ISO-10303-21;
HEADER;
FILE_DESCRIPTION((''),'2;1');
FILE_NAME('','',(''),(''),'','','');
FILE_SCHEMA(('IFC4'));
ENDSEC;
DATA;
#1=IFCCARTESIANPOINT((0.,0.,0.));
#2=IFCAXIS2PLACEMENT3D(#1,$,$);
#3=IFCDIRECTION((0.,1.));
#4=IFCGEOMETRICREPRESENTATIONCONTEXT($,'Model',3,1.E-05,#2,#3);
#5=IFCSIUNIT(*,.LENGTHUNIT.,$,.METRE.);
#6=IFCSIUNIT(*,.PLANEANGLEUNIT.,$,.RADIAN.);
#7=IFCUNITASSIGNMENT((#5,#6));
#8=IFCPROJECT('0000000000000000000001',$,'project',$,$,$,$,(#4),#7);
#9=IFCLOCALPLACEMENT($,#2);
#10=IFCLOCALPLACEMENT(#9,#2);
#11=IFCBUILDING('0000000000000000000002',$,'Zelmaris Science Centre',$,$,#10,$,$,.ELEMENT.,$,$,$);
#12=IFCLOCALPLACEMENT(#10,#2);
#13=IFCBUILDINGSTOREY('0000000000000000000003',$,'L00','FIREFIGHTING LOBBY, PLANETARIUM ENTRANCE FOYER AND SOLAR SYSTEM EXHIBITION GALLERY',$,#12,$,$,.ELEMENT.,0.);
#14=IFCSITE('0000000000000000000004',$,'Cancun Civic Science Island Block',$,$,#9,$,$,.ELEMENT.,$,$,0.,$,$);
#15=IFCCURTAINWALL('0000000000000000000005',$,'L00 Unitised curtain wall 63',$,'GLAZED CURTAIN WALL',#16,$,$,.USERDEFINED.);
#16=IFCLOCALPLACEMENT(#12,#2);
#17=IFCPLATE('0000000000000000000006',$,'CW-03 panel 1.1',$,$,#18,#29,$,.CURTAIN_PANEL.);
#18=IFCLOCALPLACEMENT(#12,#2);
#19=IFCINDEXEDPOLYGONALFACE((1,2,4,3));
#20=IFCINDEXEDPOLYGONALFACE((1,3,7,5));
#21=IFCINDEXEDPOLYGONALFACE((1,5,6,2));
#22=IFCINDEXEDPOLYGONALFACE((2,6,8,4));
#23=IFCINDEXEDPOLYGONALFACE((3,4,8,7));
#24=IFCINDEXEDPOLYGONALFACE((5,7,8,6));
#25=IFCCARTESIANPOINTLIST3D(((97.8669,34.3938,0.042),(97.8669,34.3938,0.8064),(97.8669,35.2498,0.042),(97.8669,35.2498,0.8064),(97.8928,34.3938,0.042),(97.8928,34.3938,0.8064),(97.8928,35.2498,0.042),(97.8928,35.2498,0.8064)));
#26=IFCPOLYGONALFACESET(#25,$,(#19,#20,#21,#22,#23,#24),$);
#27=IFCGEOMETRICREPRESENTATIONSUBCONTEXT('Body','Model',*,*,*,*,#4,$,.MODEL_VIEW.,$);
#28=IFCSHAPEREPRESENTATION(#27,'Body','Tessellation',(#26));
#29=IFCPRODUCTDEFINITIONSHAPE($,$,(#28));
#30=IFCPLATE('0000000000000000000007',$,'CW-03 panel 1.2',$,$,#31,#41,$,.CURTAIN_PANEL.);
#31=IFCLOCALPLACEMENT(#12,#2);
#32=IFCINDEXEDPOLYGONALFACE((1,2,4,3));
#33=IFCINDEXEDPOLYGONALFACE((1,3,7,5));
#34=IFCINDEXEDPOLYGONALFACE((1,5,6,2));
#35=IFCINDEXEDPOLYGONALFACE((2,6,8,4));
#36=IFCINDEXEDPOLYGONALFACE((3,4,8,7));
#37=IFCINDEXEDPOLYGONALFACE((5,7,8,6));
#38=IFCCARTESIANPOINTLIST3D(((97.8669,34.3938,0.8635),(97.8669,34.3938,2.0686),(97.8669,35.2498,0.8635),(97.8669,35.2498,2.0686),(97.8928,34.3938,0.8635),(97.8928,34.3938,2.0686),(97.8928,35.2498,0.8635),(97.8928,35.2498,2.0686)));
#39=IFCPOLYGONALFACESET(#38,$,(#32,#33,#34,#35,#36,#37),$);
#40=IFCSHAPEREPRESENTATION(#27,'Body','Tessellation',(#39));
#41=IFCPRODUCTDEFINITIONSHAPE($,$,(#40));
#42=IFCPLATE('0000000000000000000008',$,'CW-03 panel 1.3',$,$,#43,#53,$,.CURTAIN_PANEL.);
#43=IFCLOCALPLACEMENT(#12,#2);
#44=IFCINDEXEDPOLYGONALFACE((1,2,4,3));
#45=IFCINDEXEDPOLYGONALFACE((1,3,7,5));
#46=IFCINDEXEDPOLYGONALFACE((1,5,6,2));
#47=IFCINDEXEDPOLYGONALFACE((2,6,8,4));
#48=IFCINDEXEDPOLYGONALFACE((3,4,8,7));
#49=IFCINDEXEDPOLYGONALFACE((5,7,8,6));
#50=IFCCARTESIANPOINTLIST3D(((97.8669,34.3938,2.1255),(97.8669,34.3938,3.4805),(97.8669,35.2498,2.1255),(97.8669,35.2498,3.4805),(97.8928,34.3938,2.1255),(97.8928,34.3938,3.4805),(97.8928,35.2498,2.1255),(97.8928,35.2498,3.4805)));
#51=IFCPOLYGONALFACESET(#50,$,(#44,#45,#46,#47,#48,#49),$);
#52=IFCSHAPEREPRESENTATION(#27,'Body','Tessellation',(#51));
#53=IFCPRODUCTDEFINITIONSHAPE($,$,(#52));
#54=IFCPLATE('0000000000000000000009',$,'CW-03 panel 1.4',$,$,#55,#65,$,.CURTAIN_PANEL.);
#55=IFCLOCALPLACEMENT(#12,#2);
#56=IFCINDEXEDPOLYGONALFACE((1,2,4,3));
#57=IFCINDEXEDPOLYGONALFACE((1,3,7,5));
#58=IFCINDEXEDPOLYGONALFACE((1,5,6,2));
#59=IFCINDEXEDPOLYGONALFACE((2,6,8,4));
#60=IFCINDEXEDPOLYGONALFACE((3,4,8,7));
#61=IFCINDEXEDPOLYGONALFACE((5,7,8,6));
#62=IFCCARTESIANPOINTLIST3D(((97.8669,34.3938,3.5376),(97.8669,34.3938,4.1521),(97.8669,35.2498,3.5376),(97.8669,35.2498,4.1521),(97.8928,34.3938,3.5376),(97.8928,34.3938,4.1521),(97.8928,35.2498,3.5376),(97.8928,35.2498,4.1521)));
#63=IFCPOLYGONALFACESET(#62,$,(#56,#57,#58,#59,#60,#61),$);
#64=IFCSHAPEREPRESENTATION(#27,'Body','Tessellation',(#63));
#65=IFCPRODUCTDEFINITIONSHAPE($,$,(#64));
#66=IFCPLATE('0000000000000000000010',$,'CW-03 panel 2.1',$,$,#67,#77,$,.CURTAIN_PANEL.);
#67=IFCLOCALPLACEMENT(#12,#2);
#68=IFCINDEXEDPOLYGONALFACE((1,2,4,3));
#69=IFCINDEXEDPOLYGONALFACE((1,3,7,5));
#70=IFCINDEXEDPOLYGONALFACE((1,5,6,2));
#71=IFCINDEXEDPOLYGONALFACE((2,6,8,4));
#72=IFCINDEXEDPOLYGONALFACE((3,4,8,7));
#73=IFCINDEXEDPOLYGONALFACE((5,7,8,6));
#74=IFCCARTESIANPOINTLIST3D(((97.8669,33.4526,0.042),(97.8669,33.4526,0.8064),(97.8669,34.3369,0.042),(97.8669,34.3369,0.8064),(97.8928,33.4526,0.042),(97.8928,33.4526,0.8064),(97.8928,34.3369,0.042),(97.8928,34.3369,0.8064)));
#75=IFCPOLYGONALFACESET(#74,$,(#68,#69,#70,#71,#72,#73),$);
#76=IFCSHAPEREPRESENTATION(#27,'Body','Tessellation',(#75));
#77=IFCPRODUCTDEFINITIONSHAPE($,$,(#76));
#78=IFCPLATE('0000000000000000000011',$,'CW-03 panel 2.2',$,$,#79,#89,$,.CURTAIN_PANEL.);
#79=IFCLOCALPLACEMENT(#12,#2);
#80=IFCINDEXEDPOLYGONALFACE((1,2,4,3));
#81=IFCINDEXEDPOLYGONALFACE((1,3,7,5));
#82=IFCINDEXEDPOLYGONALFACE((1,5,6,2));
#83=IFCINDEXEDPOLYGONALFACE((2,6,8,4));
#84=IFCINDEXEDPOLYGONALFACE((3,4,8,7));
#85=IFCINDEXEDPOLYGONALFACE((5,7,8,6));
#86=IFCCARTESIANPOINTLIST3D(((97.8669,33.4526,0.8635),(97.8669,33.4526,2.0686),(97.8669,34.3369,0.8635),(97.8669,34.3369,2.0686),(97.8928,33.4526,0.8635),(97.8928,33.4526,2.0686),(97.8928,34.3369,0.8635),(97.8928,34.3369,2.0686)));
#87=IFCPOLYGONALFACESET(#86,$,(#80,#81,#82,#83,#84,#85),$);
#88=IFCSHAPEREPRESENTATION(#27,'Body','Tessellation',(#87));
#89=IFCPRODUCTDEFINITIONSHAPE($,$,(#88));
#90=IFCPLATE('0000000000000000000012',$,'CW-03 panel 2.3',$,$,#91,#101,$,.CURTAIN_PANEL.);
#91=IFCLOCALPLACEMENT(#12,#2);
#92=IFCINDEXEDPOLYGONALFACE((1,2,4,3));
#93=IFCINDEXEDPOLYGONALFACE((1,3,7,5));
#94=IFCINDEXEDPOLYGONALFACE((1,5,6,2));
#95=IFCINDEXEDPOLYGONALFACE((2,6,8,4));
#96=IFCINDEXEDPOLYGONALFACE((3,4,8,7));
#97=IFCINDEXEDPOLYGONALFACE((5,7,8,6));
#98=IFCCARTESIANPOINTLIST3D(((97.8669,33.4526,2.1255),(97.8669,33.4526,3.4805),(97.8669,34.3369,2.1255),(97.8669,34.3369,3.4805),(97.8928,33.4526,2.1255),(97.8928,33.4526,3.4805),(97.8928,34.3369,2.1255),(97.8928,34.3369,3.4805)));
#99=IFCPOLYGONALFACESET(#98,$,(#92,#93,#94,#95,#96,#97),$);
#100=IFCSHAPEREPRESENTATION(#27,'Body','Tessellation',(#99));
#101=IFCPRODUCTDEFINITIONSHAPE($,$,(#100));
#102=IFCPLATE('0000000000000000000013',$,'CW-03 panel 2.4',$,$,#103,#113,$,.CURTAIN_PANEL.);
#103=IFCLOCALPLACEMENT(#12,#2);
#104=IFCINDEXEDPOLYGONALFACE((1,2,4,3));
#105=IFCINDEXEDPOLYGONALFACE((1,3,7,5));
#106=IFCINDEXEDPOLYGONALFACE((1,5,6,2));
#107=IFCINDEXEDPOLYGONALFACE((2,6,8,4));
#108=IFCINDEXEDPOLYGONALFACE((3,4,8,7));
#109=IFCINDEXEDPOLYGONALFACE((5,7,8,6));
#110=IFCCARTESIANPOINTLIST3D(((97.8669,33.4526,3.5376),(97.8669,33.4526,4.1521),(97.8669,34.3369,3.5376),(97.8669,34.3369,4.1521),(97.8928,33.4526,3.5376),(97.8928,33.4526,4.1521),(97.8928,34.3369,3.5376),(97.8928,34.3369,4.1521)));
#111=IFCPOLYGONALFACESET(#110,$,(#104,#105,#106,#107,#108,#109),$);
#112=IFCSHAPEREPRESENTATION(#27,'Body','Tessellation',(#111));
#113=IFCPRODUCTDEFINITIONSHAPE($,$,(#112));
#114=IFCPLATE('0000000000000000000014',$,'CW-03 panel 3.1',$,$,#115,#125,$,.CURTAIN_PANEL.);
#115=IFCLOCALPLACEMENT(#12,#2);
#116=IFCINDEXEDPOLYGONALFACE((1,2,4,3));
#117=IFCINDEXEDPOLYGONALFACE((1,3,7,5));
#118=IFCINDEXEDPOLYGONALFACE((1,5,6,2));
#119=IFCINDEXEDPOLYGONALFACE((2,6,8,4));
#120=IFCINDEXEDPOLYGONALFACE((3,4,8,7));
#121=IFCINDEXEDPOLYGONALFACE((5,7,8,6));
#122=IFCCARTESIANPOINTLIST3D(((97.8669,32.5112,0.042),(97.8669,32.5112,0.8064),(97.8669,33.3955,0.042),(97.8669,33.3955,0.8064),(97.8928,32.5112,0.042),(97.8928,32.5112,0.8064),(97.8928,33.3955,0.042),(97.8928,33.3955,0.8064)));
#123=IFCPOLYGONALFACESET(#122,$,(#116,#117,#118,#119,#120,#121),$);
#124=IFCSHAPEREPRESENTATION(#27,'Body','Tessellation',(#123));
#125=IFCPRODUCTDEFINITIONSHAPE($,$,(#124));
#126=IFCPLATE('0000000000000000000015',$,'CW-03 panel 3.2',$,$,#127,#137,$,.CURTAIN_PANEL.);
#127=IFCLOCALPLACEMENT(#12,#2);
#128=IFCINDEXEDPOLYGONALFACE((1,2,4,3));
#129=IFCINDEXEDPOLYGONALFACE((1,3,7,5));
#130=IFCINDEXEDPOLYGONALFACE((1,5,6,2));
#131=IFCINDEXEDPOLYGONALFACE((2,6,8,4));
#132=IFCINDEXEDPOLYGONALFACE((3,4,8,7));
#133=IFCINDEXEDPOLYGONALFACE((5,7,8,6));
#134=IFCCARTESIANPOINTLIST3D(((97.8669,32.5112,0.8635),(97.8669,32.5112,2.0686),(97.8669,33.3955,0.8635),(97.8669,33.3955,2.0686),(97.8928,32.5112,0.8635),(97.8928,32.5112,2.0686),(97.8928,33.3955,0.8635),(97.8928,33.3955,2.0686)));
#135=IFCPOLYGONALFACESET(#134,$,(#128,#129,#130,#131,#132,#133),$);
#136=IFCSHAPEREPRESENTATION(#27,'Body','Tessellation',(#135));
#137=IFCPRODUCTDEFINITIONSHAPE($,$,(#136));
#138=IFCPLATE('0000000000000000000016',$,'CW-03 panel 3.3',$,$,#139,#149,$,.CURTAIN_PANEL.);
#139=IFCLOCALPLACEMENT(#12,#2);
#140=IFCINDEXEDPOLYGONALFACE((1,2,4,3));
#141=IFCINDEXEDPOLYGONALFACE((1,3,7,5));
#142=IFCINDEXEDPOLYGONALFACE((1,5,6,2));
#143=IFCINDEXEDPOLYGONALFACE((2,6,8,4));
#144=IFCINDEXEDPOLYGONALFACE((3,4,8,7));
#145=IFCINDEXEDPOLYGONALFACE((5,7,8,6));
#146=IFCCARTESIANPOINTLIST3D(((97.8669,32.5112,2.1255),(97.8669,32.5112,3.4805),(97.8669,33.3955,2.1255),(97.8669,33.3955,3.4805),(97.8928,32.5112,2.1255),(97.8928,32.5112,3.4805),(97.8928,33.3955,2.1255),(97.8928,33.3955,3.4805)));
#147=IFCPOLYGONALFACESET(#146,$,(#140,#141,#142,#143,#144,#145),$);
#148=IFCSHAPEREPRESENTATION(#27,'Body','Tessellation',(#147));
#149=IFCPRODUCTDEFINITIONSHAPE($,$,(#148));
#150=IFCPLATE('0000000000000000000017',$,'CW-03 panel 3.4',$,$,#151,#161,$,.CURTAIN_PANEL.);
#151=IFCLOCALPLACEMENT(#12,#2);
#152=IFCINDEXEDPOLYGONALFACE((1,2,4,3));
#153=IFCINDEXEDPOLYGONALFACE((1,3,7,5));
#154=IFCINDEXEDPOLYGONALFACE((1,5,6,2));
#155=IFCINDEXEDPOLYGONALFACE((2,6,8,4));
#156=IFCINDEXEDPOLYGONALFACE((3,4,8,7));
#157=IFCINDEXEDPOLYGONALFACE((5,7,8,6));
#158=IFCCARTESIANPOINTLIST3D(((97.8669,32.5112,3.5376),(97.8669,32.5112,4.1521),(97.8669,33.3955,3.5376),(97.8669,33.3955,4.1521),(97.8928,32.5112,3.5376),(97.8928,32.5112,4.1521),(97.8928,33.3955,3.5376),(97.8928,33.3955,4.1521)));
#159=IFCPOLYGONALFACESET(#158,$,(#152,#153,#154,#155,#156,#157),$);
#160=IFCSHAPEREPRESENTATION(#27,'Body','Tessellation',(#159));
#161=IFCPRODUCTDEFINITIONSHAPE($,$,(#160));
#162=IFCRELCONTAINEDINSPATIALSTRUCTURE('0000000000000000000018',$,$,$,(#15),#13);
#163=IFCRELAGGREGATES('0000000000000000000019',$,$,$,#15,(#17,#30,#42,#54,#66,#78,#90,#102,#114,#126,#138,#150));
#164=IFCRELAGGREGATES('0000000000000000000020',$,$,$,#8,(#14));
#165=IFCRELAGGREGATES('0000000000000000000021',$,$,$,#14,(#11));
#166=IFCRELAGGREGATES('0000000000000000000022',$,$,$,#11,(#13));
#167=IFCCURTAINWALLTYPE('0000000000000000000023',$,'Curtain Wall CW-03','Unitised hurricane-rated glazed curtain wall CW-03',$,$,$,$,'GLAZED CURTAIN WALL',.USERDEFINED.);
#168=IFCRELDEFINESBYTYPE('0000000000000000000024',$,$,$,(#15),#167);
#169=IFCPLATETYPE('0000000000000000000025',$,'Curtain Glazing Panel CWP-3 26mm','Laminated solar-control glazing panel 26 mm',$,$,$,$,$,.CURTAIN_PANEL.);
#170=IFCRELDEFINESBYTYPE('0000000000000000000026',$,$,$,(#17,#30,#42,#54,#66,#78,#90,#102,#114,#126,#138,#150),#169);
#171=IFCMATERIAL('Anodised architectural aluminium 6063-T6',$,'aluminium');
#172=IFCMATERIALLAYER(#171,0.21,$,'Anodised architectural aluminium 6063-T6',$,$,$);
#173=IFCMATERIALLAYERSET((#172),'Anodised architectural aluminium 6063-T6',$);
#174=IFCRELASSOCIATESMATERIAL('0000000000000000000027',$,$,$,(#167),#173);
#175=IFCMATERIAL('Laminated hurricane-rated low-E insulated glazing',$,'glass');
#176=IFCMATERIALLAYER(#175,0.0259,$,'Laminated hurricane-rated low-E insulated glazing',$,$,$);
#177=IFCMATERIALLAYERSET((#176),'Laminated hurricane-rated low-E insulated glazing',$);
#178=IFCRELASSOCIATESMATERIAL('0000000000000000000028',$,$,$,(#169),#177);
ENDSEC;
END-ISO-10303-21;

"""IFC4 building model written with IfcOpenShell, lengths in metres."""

from ifc_helpers import new_model, si_unit, direction, frame, origin, origin_2d, place, context, subcontext, project, spatial, rectangle, extrude, material, layer, layer_set, type_object, element, aggregate, save


model = new_model("IFC4")

# Units and contexts
model_context = context("Model", 3, precision=1e-05, world=origin(), true_north=direction((0.0, 1.0)))
body_context = subcontext(model_context, "Body", "Model", "MODEL_VIEW")
ifc_project = project(units=[si_unit("LENGTHUNIT", "METRE"), si_unit("PLANEANGLEUNIT", "RADIAN")], contexts=[model_context])

# Site, building, storey
site_placement = place(None, origin())
site = spatial("IfcSite", under=ifc_project, at=site_placement, Name="Cancun Civic Science Island Block", CompositionType="ELEMENT", RefElevation=0.0)
building_placement = place(site_placement, origin())
building = spatial("IfcBuilding", under=site, at=building_placement, Name="Zelmaris Science Centre", CompositionType="ELEMENT")
storey_placement = place(building_placement, origin())
storey = spatial("IfcBuildingStorey", under=building, at=storey_placement, Name="L00", Description="FIREFIGHTING LOBBY, PLANETARIUM ENTRANCE FOYER AND SOLAR SYSTEM EXHIBITION GALLERY", CompositionType="ELEMENT", Elevation=0.0)

# Curtain wall, plates
ifc_material_1 = material(Name="Anodised architectural aluminium 6063-T6", Category="aluminium")
ifc_layer_1 = layer(ifc_material_1, 0.21, Name="Anodised architectural aluminium 6063-T6")
ifc_layer_set_1 = layer_set([ifc_layer_1], Name="Anodised architectural aluminium 6063-T6")
curtain_wall_type = type_object("IfcCurtainWallType", Name="Curtain Wall CW-03", Description="Unitised hurricane-rated glazed curtain wall CW-03", ElementType="GLAZED CURTAIN WALL", PredefinedType="USERDEFINED", material=ifc_layer_set_1)
curtain_wall_placement = place(storey_placement, origin())
curtain_wall = element("IfcCurtainWall", 1, at=curtain_wall_placement, inside=storey, type_object=curtain_wall_type, Name="L00 Unitised curtain wall 63", ObjectType="GLAZED CURTAIN WALL", PredefinedType="USERDEFINED")
ifc_material_2 = material(Name="Laminated hurricane-rated low-E insulated glazing", Category="glass")
ifc_layer_2 = layer(ifc_material_2, 0.0259, Name="Laminated hurricane-rated low-E insulated glazing")
ifc_layer_set_2 = layer_set([ifc_layer_2], Name="Laminated hurricane-rated low-E insulated glazing")
plate_type = type_object("IfcPlateType", Name="Curtain Glazing Panel CWP-3 26mm", Description="Laminated solar-control glazing panel 26 mm", PredefinedType="CURTAIN_PANEL", material=ifc_layer_set_2)
plate_1_placement = place(storey_placement, frame((97.8799, 34.8218, 0.042), z_axis=(0.0, 0.0, 1.0), x_axis=(0.0, -1.0, 0.0)))
plate_1 = element("IfcPlate", 2, at=plate_1_placement, type_object=plate_type, Name="CW-03 panel 1.1", PredefinedType="CURTAIN_PANEL", context=body_context, shape_type="SweptSolid", body=[
    extrude(rectangle(XDim=0.856, YDim=0.0259, at=origin_2d()), origin(), (0.0, 0.0, 1.0), 0.7644),
])
plate_2_placement = place(storey_placement, frame((97.8799, 34.8218, 0.8635), z_axis=(0.0, 0.0, 1.0), x_axis=(0.0, -1.0, 0.0)))
plate_2 = element("IfcPlate", 3, at=plate_2_placement, type_object=plate_type, Name="CW-03 panel 1.2", PredefinedType="CURTAIN_PANEL", context=body_context, shape_type="SweptSolid", body=[
    extrude(rectangle(XDim=0.856, YDim=0.0259, at=origin_2d()), origin(), (0.0, 0.0, 1.0), 1.2051),
])
plate_3_placement = place(storey_placement, frame((97.8799, 34.8218, 2.1255), z_axis=(0.0, 0.0, 1.0), x_axis=(0.0, -1.0, 0.0)))
plate_3 = element("IfcPlate", 4, at=plate_3_placement, type_object=plate_type, Name="CW-03 panel 1.3", PredefinedType="CURTAIN_PANEL", context=body_context, shape_type="SweptSolid", body=[
    extrude(rectangle(XDim=0.856, YDim=0.0259, at=origin_2d()), origin(), (0.0, 0.0, 1.0), 1.355),
])
plate_4_placement = place(storey_placement, frame((97.8799, 34.8218, 3.5376), z_axis=(0.0, 0.0, 1.0), x_axis=(0.0, -1.0, 0.0)))
plate_4 = element("IfcPlate", 5, at=plate_4_placement, type_object=plate_type, Name="CW-03 panel 1.4", PredefinedType="CURTAIN_PANEL", context=body_context, shape_type="SweptSolid", body=[
    extrude(rectangle(XDim=0.856, YDim=0.0259, at=origin_2d()), origin(), (0.0, 0.0, 1.0), 0.6145),
])
plate_5_placement = place(storey_placement, frame((97.8799, 33.8948, 0.042), z_axis=(0.0, 0.0, 1.0), x_axis=(0.0, -1.0, 0.0)))
plate_5 = element("IfcPlate", 6, at=plate_5_placement, type_object=plate_type, Name="CW-03 panel 2.1", PredefinedType="CURTAIN_PANEL", context=body_context, shape_type="SweptSolid", body=[
    extrude(rectangle(XDim=0.8843, YDim=0.0259, at=origin_2d()), origin(), (0.0, 0.0, 1.0), 0.7644),
])
plate_6_placement = place(storey_placement, frame((97.8799, 33.8948, 0.8635), z_axis=(0.0, 0.0, 1.0), x_axis=(0.0, -1.0, 0.0)))
plate_6 = element("IfcPlate", 7, at=plate_6_placement, type_object=plate_type, Name="CW-03 panel 2.2", PredefinedType="CURTAIN_PANEL", context=body_context, shape_type="SweptSolid", body=[
    extrude(rectangle(XDim=0.8843, YDim=0.0259, at=origin_2d()), origin(), (0.0, 0.0, 1.0), 1.2051),
])
plate_7_placement = place(storey_placement, frame((97.8799, 33.8948, 2.1255), z_axis=(0.0, 0.0, 1.0), x_axis=(0.0, -1.0, 0.0)))
plate_7 = element("IfcPlate", 8, at=plate_7_placement, type_object=plate_type, Name="CW-03 panel 2.3", PredefinedType="CURTAIN_PANEL", context=body_context, shape_type="SweptSolid", body=[
    extrude(rectangle(XDim=0.8843, YDim=0.0259, at=origin_2d()), origin(), (0.0, 0.0, 1.0), 1.355),
])
plate_8_placement = place(storey_placement, frame((97.8799, 33.8948, 3.5376), z_axis=(0.0, 0.0, 1.0), x_axis=(0.0, -1.0, 0.0)))
plate_8 = element("IfcPlate", 9, at=plate_8_placement, type_object=plate_type, Name="CW-03 panel 2.4", PredefinedType="CURTAIN_PANEL", context=body_context, shape_type="SweptSolid", body=[
    extrude(rectangle(XDim=0.8843, YDim=0.0259, at=origin_2d()), origin(), (0.0, 0.0, 1.0), 0.6145),
])
plate_9_placement = place(storey_placement, frame((97.8799, 32.9534, 0.042), z_axis=(0.0, 0.0, 1.0), x_axis=(0.0, -1.0, 0.0)))
plate_9 = element("IfcPlate", 10, at=plate_9_placement, type_object=plate_type, Name="CW-03 panel 3.1", PredefinedType="CURTAIN_PANEL", context=body_context, shape_type="SweptSolid", body=[
    extrude(rectangle(XDim=0.8843, YDim=0.0259, at=origin_2d()), origin(), (0.0, 0.0, 1.0), 0.7644),
])
plate_10_placement = place(storey_placement, frame((97.8799, 32.9534, 0.8635), z_axis=(0.0, 0.0, 1.0), x_axis=(0.0, -1.0, 0.0)))
plate_10 = element("IfcPlate", 11, at=plate_10_placement, type_object=plate_type, Name="CW-03 panel 3.2", PredefinedType="CURTAIN_PANEL", context=body_context, shape_type="SweptSolid", body=[
    extrude(rectangle(XDim=0.8843, YDim=0.0259, at=origin_2d()), origin(), (0.0, 0.0, 1.0), 1.2051),
])
plate_11_placement = place(storey_placement, frame((97.8799, 32.9534, 2.1255), z_axis=(0.0, 0.0, 1.0), x_axis=(0.0, -1.0, 0.0)))
plate_11 = element("IfcPlate", 12, at=plate_11_placement, type_object=plate_type, Name="CW-03 panel 3.3", PredefinedType="CURTAIN_PANEL", context=body_context, shape_type="SweptSolid", body=[
    extrude(rectangle(XDim=0.8843, YDim=0.0259, at=origin_2d()), origin(), (0.0, 0.0, 1.0), 1.355),
])
plate_12_placement = place(storey_placement, frame((97.8799, 32.9534, 3.5376), z_axis=(0.0, 0.0, 1.0), x_axis=(0.0, -1.0, 0.0)))
plate_12 = element("IfcPlate", 13, at=plate_12_placement, type_object=plate_type, Name="CW-03 panel 3.4", PredefinedType="CURTAIN_PANEL", context=body_context, shape_type="SweptSolid", body=[
    extrude(rectangle(XDim=0.8843, YDim=0.0259, at=origin_2d()), origin(), (0.0, 0.0, 1.0), 0.6145),
])
aggregate(curtain_wall, [plate_1, plate_2, plate_3, plate_4, plate_5, plate_6, plate_7, plate_8, plate_9, plate_10, plate_11, plate_12])

save(model, "model.ifc")
